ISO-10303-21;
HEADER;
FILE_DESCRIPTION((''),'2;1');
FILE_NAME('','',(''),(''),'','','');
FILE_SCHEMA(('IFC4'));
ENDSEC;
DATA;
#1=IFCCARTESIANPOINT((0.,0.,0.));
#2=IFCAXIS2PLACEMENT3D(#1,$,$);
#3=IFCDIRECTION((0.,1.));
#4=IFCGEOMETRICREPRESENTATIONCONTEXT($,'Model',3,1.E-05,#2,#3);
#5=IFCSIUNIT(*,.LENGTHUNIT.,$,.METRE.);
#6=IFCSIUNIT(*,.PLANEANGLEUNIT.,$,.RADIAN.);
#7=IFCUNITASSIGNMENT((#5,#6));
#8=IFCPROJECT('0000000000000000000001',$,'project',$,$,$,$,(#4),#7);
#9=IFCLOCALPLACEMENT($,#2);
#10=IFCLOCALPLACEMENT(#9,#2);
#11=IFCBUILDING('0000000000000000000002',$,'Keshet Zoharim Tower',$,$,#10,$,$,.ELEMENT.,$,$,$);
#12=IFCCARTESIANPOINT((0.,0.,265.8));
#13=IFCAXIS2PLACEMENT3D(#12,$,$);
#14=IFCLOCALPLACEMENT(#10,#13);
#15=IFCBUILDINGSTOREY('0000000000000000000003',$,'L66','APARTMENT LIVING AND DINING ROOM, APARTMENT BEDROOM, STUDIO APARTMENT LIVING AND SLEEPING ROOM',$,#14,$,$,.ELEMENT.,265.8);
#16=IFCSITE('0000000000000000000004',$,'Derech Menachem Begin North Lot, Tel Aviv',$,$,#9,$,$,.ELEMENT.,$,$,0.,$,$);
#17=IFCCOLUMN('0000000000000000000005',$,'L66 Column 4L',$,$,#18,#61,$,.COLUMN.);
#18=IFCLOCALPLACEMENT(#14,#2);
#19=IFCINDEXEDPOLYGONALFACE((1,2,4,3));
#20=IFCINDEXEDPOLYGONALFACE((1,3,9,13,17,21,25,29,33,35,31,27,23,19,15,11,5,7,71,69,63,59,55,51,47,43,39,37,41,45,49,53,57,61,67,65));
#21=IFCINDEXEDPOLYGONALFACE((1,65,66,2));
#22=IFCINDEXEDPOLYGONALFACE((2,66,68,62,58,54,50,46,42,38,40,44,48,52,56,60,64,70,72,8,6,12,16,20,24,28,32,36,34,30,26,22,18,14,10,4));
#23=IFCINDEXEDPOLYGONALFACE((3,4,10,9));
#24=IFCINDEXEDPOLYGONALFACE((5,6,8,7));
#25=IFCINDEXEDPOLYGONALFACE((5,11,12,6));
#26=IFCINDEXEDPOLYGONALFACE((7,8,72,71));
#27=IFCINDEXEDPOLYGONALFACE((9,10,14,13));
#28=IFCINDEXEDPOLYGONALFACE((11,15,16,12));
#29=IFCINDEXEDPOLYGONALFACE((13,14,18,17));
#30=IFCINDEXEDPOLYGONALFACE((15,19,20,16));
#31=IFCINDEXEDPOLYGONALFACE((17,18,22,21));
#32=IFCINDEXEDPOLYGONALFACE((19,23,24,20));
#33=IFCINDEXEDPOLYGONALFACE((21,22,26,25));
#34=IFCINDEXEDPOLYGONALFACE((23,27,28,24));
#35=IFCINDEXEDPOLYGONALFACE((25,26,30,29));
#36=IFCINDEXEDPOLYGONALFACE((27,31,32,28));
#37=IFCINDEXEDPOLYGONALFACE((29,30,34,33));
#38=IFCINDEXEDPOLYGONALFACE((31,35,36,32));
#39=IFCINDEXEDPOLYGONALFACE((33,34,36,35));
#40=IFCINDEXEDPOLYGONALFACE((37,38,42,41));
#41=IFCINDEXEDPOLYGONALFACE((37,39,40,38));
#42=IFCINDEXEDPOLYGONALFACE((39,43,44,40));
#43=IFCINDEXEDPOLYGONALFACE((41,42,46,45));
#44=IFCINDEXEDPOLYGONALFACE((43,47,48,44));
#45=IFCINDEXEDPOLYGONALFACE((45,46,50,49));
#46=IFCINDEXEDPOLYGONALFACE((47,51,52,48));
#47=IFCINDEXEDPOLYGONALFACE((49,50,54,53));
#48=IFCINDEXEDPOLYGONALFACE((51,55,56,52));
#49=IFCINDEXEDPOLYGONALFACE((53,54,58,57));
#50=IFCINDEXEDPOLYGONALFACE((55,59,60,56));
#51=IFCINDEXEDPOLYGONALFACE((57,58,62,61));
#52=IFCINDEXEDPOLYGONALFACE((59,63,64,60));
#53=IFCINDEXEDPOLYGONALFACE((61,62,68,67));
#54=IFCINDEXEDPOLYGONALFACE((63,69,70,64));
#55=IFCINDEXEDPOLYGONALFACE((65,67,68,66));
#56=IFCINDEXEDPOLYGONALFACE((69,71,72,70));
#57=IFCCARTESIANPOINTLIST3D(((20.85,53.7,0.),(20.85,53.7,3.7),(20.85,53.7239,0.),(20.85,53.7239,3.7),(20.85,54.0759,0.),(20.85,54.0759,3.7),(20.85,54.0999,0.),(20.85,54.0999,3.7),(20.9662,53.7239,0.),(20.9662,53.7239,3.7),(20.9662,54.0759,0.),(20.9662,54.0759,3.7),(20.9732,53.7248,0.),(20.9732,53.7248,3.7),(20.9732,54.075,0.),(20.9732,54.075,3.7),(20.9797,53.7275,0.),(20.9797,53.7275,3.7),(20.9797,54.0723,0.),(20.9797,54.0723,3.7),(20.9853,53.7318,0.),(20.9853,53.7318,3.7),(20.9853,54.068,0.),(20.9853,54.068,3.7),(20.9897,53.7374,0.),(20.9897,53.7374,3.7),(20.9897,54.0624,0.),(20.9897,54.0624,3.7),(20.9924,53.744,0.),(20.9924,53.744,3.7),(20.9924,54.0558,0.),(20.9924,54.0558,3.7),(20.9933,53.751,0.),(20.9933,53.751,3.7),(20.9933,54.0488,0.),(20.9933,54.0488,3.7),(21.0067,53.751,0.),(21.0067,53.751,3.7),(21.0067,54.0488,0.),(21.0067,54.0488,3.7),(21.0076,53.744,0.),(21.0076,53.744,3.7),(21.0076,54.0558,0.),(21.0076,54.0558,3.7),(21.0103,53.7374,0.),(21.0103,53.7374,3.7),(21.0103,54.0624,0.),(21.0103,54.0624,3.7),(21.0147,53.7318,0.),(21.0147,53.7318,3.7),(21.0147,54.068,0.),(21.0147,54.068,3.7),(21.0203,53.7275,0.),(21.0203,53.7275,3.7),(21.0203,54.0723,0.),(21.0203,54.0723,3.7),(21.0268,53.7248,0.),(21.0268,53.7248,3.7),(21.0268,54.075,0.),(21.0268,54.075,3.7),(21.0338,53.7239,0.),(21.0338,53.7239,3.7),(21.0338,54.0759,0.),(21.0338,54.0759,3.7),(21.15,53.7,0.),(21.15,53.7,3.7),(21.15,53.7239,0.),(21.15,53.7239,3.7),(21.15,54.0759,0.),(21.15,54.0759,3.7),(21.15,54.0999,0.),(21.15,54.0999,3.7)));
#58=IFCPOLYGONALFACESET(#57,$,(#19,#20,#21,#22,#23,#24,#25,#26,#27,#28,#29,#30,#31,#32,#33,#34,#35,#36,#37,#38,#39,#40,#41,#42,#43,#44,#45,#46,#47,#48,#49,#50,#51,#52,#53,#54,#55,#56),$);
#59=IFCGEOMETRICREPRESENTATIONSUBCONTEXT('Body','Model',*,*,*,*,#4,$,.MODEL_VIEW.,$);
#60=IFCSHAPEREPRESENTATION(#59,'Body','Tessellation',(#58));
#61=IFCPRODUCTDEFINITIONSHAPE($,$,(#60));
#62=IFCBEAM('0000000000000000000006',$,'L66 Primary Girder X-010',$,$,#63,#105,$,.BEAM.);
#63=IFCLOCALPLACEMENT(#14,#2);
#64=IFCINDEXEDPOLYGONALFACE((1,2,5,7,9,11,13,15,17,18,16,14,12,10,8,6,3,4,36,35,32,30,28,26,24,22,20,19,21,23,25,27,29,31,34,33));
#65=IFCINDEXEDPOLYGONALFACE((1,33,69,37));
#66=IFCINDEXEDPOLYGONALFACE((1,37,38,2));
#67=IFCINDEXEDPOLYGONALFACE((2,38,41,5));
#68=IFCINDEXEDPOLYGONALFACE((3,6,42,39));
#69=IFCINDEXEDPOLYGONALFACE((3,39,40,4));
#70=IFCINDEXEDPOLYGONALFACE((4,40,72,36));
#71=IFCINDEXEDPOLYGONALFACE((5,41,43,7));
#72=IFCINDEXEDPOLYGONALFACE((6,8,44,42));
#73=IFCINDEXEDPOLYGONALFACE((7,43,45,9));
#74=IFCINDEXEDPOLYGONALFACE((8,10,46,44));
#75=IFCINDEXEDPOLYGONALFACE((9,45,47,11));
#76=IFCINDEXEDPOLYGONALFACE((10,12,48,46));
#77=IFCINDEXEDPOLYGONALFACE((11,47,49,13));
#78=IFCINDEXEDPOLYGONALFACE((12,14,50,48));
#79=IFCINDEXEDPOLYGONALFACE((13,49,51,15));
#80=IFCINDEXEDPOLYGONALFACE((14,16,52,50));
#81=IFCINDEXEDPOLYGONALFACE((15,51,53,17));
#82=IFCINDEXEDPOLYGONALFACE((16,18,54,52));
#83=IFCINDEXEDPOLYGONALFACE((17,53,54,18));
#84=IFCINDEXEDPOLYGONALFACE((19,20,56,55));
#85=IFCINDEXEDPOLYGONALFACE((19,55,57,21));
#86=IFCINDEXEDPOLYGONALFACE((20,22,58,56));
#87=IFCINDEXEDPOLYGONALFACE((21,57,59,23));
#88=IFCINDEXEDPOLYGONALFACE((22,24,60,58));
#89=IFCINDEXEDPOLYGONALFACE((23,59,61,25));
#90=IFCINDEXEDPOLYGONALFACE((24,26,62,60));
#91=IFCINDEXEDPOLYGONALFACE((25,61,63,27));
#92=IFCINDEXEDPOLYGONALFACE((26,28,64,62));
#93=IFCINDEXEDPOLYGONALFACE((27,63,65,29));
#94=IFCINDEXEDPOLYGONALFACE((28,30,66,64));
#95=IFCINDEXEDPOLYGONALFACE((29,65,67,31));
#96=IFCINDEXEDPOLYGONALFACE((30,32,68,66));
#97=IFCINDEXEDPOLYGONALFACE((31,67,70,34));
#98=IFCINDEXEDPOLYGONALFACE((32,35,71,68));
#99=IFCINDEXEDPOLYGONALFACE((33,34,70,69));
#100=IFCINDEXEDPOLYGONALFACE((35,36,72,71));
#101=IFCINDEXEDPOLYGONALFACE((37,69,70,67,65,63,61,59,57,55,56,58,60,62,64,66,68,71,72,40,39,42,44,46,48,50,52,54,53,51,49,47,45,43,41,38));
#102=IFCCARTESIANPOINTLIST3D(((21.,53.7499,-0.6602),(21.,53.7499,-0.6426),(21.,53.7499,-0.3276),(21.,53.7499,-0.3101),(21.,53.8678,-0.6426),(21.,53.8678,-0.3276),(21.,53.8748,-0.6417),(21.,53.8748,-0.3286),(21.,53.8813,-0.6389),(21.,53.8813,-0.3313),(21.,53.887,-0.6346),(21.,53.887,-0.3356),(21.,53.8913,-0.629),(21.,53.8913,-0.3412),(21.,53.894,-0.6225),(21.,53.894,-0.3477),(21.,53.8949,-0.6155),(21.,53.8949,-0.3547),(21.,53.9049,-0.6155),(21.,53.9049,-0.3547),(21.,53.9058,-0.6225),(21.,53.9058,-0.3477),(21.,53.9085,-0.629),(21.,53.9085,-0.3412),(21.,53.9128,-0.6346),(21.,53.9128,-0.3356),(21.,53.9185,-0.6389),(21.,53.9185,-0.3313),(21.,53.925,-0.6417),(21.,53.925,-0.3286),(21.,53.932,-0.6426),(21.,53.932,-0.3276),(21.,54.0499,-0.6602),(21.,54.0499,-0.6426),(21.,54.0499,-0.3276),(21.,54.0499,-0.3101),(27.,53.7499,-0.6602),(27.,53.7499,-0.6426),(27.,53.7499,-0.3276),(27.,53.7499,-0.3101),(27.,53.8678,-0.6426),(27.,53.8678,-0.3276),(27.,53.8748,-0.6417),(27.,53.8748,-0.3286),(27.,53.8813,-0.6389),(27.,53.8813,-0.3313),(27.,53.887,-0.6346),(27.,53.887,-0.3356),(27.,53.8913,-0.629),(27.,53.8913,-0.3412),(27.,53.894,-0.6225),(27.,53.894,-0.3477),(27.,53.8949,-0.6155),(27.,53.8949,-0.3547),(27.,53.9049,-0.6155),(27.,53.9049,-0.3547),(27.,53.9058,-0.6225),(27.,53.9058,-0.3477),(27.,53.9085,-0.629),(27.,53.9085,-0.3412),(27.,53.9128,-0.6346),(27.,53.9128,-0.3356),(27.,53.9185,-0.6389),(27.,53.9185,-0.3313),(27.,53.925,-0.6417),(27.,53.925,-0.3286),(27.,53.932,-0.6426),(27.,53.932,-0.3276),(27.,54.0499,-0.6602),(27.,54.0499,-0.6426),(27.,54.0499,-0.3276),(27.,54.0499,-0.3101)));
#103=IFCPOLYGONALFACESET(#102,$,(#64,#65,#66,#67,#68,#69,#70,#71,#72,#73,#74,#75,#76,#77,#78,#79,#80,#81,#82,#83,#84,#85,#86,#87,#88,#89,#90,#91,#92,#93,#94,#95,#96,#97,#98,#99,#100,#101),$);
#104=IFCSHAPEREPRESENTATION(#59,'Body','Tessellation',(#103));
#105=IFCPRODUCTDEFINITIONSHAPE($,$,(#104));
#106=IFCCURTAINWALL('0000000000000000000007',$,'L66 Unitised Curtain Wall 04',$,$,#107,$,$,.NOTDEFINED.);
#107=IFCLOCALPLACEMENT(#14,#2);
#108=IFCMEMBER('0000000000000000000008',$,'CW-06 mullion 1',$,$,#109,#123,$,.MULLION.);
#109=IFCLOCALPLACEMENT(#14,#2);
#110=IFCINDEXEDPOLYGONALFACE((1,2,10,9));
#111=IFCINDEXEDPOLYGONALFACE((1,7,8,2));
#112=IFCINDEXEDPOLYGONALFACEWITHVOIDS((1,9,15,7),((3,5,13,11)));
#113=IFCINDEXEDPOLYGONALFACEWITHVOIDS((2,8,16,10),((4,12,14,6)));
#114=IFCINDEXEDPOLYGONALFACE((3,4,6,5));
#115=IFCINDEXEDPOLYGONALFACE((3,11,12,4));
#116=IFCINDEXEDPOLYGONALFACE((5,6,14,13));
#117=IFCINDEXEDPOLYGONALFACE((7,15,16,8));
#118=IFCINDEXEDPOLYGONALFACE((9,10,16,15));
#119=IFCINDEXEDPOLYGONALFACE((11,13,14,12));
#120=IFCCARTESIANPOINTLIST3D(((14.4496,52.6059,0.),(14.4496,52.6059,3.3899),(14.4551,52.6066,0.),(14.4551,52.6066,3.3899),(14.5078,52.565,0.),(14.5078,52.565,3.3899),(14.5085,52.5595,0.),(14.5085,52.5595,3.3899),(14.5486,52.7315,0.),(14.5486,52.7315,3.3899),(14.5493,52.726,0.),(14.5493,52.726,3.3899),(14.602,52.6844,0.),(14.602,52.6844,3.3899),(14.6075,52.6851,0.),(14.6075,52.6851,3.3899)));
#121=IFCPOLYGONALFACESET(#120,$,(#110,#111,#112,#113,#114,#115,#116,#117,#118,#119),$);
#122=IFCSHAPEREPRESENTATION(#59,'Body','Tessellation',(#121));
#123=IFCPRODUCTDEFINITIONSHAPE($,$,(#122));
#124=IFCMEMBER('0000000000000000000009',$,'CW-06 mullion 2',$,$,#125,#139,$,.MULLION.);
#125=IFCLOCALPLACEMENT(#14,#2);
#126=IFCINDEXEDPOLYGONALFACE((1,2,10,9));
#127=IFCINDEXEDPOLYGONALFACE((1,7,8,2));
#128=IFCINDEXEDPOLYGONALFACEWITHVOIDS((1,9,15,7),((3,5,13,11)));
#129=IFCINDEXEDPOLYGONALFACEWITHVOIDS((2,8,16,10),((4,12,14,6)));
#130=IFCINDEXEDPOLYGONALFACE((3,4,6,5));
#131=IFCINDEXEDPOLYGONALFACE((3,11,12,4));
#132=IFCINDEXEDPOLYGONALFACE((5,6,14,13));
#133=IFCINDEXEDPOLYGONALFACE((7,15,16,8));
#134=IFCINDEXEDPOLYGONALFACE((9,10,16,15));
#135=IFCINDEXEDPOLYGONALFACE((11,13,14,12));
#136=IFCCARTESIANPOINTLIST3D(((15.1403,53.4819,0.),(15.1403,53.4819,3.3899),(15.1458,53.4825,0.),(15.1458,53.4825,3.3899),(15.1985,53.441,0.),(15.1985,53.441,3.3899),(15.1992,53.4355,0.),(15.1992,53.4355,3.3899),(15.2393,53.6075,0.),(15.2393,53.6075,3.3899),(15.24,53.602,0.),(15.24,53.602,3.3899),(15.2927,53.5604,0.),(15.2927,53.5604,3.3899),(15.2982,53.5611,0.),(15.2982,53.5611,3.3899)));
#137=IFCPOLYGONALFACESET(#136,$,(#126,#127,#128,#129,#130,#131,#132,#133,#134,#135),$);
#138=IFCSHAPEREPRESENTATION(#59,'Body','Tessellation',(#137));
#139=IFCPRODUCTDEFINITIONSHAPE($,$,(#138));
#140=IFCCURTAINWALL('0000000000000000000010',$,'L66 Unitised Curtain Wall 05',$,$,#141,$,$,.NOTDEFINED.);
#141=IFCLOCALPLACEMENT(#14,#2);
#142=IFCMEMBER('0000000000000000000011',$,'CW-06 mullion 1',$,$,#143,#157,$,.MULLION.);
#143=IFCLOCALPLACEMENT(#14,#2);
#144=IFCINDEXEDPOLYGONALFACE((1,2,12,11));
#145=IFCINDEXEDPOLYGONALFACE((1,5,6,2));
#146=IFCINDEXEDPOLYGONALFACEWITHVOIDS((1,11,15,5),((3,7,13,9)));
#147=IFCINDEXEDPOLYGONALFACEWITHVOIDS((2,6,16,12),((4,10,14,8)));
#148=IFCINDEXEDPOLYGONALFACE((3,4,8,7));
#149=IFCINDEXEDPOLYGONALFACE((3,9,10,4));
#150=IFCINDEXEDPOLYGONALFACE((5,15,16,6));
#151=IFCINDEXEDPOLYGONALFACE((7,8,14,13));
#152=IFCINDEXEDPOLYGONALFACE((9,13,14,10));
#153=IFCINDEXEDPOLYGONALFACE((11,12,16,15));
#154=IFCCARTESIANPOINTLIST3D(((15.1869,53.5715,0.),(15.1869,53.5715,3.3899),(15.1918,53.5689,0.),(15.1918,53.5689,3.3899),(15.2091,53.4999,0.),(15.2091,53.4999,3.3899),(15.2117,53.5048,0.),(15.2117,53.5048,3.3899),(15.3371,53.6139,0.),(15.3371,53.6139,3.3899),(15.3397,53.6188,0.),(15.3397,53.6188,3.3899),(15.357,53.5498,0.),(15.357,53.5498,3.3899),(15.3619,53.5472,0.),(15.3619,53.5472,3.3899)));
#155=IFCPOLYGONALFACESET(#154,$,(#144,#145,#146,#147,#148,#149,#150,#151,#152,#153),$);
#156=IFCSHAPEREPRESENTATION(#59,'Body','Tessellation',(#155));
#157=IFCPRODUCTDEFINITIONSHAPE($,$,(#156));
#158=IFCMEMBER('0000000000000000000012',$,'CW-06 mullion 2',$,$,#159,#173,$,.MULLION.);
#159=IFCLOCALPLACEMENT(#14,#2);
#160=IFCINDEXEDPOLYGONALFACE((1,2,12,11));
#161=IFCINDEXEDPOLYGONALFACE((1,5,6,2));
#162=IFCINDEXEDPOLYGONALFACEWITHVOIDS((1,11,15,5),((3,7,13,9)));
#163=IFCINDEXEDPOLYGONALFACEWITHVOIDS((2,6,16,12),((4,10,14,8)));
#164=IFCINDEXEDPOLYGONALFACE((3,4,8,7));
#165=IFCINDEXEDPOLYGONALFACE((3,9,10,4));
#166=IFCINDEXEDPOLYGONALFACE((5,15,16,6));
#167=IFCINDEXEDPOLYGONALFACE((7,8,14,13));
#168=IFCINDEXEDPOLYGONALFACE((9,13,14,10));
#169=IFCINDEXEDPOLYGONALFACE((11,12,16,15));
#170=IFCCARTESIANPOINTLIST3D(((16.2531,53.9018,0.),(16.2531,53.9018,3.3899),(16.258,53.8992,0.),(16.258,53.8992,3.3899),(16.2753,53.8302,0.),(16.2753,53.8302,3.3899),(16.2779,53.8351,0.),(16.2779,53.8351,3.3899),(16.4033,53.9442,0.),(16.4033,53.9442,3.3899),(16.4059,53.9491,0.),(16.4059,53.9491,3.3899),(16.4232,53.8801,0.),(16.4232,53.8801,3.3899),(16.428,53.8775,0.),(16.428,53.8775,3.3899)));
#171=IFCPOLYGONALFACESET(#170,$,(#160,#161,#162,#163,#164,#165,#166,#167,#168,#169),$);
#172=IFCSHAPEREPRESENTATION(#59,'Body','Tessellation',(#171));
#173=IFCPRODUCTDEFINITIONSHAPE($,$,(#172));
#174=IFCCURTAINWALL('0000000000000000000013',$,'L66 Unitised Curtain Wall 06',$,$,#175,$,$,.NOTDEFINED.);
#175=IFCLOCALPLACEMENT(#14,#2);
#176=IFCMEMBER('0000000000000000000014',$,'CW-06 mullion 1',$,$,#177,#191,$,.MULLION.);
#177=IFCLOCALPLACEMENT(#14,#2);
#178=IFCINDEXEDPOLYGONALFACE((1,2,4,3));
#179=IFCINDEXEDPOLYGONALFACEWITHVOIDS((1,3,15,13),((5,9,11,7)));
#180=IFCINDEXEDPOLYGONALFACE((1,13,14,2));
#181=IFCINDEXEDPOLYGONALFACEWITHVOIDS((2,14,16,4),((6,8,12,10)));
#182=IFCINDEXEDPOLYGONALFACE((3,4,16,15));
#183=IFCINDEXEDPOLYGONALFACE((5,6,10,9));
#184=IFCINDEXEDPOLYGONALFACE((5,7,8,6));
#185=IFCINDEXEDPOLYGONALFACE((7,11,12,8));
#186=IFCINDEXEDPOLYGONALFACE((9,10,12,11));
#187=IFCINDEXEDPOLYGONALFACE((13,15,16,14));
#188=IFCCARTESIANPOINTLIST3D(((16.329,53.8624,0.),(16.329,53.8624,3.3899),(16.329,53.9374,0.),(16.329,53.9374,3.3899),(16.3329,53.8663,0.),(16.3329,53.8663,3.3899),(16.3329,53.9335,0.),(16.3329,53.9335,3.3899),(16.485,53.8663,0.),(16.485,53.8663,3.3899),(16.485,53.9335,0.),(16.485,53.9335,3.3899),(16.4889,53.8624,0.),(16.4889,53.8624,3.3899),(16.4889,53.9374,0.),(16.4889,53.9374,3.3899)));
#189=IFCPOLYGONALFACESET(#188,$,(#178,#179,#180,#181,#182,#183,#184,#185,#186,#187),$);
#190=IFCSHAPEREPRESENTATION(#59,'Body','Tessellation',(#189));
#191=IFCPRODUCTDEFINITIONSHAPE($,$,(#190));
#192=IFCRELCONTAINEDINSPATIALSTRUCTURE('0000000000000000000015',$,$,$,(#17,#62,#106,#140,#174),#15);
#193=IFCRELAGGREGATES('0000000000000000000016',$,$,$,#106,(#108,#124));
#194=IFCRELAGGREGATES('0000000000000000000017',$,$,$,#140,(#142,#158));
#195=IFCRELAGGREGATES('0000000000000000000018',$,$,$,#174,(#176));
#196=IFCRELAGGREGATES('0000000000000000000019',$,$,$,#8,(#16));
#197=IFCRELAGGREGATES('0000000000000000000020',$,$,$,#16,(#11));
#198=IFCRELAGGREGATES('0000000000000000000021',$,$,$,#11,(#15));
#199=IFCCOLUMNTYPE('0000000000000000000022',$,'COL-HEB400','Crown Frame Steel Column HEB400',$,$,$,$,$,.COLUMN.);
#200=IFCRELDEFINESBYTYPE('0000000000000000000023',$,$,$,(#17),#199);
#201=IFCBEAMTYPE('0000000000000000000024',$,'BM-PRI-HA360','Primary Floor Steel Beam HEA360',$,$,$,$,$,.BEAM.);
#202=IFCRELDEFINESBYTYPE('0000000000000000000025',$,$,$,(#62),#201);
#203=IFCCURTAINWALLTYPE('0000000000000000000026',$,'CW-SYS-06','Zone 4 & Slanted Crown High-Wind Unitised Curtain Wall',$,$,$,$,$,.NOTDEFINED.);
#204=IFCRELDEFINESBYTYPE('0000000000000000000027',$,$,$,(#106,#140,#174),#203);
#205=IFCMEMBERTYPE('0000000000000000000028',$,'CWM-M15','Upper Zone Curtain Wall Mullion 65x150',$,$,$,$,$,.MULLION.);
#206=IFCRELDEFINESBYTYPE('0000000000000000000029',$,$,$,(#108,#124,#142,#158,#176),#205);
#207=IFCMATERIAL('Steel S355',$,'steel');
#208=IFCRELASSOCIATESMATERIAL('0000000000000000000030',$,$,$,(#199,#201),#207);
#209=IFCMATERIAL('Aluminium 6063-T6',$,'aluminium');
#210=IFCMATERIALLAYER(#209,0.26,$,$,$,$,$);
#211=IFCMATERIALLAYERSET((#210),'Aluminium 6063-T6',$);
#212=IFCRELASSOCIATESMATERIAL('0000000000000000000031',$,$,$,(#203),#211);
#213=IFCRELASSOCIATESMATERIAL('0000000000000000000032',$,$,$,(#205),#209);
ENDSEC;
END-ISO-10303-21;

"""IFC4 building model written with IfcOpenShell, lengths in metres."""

from ifc_helpers import new_model, si_unit, direction, frame, origin, origin_2d, place, context, subcontext, project, spatial, hollow_rectangle, i_section, extrude, material, layer, layer_set, material_profile, profile_set, type_object, element, aggregate, save


model = new_model("IFC4")

# Units and contexts
model_context = context("Model", 3, precision=1e-05, world=origin(), true_north=direction((0.0, 1.0)))
body_context = subcontext(model_context, "Body", "Model", "MODEL_VIEW")
ifc_project = project(units=[si_unit("LENGTHUNIT", "METRE"), si_unit("PLANEANGLEUNIT", "RADIAN")], contexts=[model_context])

# Site, building, storey
site_placement = place(None, origin())
site = spatial("IfcSite", under=ifc_project, at=site_placement, Name="Derech Menachem Begin North Lot, Tel Aviv", CompositionType="ELEMENT", RefElevation=0.0)
building_placement = place(site_placement, origin())
building = spatial("IfcBuilding", under=site, at=building_placement, Name="Keshet Zoharim Tower", CompositionType="ELEMENT")
storey_placement = place(building_placement, frame((0.0, 0.0, 265.8)))
storey = spatial("IfcBuildingStorey", under=building, at=storey_placement, Name="L66", Description="APARTMENT LIVING AND DINING ROOM, APARTMENT BEDROOM, STUDIO APARTMENT LIVING AND SLEEPING ROOM", CompositionType="ELEMENT", Elevation=265.8)

# Column
ifc_material_1 = material(Name="Steel S355", Category="steel")
ifc_material_profile_1 = material_profile(ifc_material_1, i_section(OverallWidth=0.3, OverallDepth=0.3999, WebThickness=0.0134, FlangeThickness=0.0239, FilletRadius=0.0271, at=origin_2d()), Name="HEB400")
ifc_profile_set_1 = profile_set([ifc_material_profile_1], Name="Steel S355")
column_type = type_object("IfcColumnType", Name="COL-HEB400", Description="Crown Frame Steel Column HEB400", PredefinedType="COLUMN", material=ifc_profile_set_1)
column_placement = place(storey_placement, frame((21.0, 53.8999, 0.0), z_axis=(0.0, 0.0, 1.0), x_axis=(1.0, 0.0, 0.0)))
element("IfcColumn", 1, at=column_placement, inside=storey, type_object=column_type, Name="L66 Column 4L", PredefinedType="COLUMN", context=body_context, shape_type="SweptSolid", body=[
    extrude(i_section(OverallWidth=0.3, OverallDepth=0.3999, WebThickness=0.0134, FlangeThickness=0.0239, FilletRadius=0.0271, at=origin_2d()), origin(), (0.0, 0.0, 1.0), 3.7),
])

# Beam
ifc_material_profile_2 = material_profile(ifc_material_1, i_section(OverallWidth=0.3, OverallDepth=0.3501, WebThickness=0.01, FlangeThickness=0.0176, FilletRadius=0.0271, at=origin_2d()), Name="HEA360")
ifc_profile_set_2 = profile_set([ifc_material_profile_2], Name="Steel S355")
beam_type = type_object("IfcBeamType", Name="BM-PRI-HA360", Description="Primary Floor Steel Beam HEA360", PredefinedType="BEAM", material=ifc_profile_set_2)
beam_placement = place(storey_placement, frame((21.0, 53.8999, -0.4851), z_axis=(1.0, 0.0, 0.0), x_axis=(0.0, 1.0, 0.0)))
element("IfcBeam", 2, at=beam_placement, inside=storey, type_object=beam_type, Name="L66 Primary Girder X-010", PredefinedType="BEAM", context=body_context, shape_type="SweptSolid", body=[
    extrude(i_section(OverallWidth=0.3, OverallDepth=0.3501, WebThickness=0.01, FlangeThickness=0.0176, FilletRadius=0.0271, at=origin_2d()), origin(), (0.0, 0.0, 1.0), 6.0),
])

# Curtain walls, members
ifc_material_2 = material(Name="Aluminium 6063-T6", Category="aluminium")
ifc_layer_1 = layer(ifc_material_2, 0.26)
ifc_layer_set_1 = layer_set([ifc_layer_1], Name="Aluminium 6063-T6")
curtain_wall_type = type_object("IfcCurtainWallType", Name="CW-SYS-06", Description="Zone 4 & Slanted Crown High-Wind Unitised Curtain Wall", PredefinedType="NOTDEFINED", material=ifc_layer_set_1)
curtain_wall_1_placement = place(storey_placement, origin())
curtain_wall_1 = element("IfcCurtainWall", 3, at=curtain_wall_1_placement, inside=storey, type_object=curtain_wall_type, Name="L66 Unitised Curtain Wall 04", PredefinedType="NOTDEFINED")
ifc_material_profile_3 = material_profile(ifc_material_2, hollow_rectangle(XDim=0.075, YDim=0.1599, WallThickness=0.0039, at=origin_2d()), Name="MUL-75x160")
ifc_profile_set_3 = profile_set([ifc_material_profile_3], Name="Aluminium 6063-T6")
member_type_1 = type_object("IfcMemberType", Name="CWM-M15", Description="Upper Zone Curtain Wall Mullion 65x150", PredefinedType="MULLION", material=ifc_profile_set_3)
member_1_placement = place(storey_placement, frame((14.5286, 52.6455, 0.0), z_axis=(0.0, 0.0, 1.0), x_axis=(-0.785293, 0.619125, 0.0)))
member_1 = element("IfcMember", 4, at=member_1_placement, type_object=member_type_1, Name="CW-06 mullion 1", PredefinedType="MULLION", context=body_context, shape_type="SweptSolid", body=[
    extrude(hollow_rectangle(XDim=0.075, YDim=0.1599, WallThickness=0.0039, at=origin_2d()), origin(), (0.0, 0.0, 1.0), 3.3899),
])
member_2_placement = place(storey_placement, frame((15.2192, 53.5215, 0.0), z_axis=(0.0, 0.0, 1.0), x_axis=(-0.785293, 0.619125, 0.0)))
member_2 = element("IfcMember", 5, at=member_2_placement, type_object=member_type_1, Name="CW-06 mullion 2", PredefinedType="MULLION", context=body_context, shape_type="SweptSolid", body=[
    extrude(hollow_rectangle(XDim=0.075, YDim=0.1599, WallThickness=0.0039, at=origin_2d()), origin(), (0.0, 0.0, 1.0), 3.3899),
])
curtain_wall_2_placement = place(storey_placement, origin())
curtain_wall_2 = element("IfcCurtainWall", 6, at=curtain_wall_2_placement, inside=storey, type_object=curtain_wall_type, Name="L66 Unitised Curtain Wall 05", PredefinedType="NOTDEFINED")
member_3_placement = place(storey_placement, frame((15.2744, 53.5593, 0.0), z_axis=(0.0, 0.0, 1.0), x_axis=(-0.295922, 0.955212, 0.0)))
member_3 = element("IfcMember", 7, at=member_3_placement, type_object=member_type_1, Name="CW-06 mullion 1", PredefinedType="MULLION", context=body_context, shape_type="SweptSolid", body=[
    extrude(hollow_rectangle(XDim=0.075, YDim=0.1599, WallThickness=0.0039, at=origin_2d()), origin(), (0.0, 0.0, 1.0), 3.3899),
])
member_4_placement = place(storey_placement, frame((16.3406, 53.8896, 0.0), z_axis=(0.0, 0.0, 1.0), x_axis=(-0.295922, 0.955212, 0.0)))
member_4 = element("IfcMember", 8, at=member_4_placement, type_object=member_type_1, Name="CW-06 mullion 2", PredefinedType="MULLION", context=body_context, shape_type="SweptSolid", body=[
    extrude(hollow_rectangle(XDim=0.075, YDim=0.1599, WallThickness=0.0039, at=origin_2d()), origin(), (0.0, 0.0, 1.0), 3.3899),
])
curtain_wall_3_placement = place(storey_placement, origin())
curtain_wall_3 = element("IfcCurtainWall", 9, at=curtain_wall_3_placement, inside=storey, type_object=curtain_wall_type, Name="L66 Unitised Curtain Wall 06", PredefinedType="NOTDEFINED")
member_5_placement = place(storey_placement, frame((16.4089, 53.8999, 0.0), z_axis=(0.0, 0.0, 1.0), x_axis=(0.0, 1.0, 0.0)))
member_5 = element("IfcMember", 10, at=member_5_placement, type_object=member_type_1, Name="CW-06 mullion 1", PredefinedType="MULLION", context=body_context, shape_type="SweptSolid", body=[
    extrude(hollow_rectangle(XDim=0.075, YDim=0.1599, WallThickness=0.0039, at=origin_2d()), origin(), (0.0, 0.0, 1.0), 3.3899),
])

aggregate(curtain_wall_1, [member_1, member_2])
aggregate(curtain_wall_2, [member_3, member_4])
aggregate(curtain_wall_3, [member_5])

save(model, "model.ifc")
